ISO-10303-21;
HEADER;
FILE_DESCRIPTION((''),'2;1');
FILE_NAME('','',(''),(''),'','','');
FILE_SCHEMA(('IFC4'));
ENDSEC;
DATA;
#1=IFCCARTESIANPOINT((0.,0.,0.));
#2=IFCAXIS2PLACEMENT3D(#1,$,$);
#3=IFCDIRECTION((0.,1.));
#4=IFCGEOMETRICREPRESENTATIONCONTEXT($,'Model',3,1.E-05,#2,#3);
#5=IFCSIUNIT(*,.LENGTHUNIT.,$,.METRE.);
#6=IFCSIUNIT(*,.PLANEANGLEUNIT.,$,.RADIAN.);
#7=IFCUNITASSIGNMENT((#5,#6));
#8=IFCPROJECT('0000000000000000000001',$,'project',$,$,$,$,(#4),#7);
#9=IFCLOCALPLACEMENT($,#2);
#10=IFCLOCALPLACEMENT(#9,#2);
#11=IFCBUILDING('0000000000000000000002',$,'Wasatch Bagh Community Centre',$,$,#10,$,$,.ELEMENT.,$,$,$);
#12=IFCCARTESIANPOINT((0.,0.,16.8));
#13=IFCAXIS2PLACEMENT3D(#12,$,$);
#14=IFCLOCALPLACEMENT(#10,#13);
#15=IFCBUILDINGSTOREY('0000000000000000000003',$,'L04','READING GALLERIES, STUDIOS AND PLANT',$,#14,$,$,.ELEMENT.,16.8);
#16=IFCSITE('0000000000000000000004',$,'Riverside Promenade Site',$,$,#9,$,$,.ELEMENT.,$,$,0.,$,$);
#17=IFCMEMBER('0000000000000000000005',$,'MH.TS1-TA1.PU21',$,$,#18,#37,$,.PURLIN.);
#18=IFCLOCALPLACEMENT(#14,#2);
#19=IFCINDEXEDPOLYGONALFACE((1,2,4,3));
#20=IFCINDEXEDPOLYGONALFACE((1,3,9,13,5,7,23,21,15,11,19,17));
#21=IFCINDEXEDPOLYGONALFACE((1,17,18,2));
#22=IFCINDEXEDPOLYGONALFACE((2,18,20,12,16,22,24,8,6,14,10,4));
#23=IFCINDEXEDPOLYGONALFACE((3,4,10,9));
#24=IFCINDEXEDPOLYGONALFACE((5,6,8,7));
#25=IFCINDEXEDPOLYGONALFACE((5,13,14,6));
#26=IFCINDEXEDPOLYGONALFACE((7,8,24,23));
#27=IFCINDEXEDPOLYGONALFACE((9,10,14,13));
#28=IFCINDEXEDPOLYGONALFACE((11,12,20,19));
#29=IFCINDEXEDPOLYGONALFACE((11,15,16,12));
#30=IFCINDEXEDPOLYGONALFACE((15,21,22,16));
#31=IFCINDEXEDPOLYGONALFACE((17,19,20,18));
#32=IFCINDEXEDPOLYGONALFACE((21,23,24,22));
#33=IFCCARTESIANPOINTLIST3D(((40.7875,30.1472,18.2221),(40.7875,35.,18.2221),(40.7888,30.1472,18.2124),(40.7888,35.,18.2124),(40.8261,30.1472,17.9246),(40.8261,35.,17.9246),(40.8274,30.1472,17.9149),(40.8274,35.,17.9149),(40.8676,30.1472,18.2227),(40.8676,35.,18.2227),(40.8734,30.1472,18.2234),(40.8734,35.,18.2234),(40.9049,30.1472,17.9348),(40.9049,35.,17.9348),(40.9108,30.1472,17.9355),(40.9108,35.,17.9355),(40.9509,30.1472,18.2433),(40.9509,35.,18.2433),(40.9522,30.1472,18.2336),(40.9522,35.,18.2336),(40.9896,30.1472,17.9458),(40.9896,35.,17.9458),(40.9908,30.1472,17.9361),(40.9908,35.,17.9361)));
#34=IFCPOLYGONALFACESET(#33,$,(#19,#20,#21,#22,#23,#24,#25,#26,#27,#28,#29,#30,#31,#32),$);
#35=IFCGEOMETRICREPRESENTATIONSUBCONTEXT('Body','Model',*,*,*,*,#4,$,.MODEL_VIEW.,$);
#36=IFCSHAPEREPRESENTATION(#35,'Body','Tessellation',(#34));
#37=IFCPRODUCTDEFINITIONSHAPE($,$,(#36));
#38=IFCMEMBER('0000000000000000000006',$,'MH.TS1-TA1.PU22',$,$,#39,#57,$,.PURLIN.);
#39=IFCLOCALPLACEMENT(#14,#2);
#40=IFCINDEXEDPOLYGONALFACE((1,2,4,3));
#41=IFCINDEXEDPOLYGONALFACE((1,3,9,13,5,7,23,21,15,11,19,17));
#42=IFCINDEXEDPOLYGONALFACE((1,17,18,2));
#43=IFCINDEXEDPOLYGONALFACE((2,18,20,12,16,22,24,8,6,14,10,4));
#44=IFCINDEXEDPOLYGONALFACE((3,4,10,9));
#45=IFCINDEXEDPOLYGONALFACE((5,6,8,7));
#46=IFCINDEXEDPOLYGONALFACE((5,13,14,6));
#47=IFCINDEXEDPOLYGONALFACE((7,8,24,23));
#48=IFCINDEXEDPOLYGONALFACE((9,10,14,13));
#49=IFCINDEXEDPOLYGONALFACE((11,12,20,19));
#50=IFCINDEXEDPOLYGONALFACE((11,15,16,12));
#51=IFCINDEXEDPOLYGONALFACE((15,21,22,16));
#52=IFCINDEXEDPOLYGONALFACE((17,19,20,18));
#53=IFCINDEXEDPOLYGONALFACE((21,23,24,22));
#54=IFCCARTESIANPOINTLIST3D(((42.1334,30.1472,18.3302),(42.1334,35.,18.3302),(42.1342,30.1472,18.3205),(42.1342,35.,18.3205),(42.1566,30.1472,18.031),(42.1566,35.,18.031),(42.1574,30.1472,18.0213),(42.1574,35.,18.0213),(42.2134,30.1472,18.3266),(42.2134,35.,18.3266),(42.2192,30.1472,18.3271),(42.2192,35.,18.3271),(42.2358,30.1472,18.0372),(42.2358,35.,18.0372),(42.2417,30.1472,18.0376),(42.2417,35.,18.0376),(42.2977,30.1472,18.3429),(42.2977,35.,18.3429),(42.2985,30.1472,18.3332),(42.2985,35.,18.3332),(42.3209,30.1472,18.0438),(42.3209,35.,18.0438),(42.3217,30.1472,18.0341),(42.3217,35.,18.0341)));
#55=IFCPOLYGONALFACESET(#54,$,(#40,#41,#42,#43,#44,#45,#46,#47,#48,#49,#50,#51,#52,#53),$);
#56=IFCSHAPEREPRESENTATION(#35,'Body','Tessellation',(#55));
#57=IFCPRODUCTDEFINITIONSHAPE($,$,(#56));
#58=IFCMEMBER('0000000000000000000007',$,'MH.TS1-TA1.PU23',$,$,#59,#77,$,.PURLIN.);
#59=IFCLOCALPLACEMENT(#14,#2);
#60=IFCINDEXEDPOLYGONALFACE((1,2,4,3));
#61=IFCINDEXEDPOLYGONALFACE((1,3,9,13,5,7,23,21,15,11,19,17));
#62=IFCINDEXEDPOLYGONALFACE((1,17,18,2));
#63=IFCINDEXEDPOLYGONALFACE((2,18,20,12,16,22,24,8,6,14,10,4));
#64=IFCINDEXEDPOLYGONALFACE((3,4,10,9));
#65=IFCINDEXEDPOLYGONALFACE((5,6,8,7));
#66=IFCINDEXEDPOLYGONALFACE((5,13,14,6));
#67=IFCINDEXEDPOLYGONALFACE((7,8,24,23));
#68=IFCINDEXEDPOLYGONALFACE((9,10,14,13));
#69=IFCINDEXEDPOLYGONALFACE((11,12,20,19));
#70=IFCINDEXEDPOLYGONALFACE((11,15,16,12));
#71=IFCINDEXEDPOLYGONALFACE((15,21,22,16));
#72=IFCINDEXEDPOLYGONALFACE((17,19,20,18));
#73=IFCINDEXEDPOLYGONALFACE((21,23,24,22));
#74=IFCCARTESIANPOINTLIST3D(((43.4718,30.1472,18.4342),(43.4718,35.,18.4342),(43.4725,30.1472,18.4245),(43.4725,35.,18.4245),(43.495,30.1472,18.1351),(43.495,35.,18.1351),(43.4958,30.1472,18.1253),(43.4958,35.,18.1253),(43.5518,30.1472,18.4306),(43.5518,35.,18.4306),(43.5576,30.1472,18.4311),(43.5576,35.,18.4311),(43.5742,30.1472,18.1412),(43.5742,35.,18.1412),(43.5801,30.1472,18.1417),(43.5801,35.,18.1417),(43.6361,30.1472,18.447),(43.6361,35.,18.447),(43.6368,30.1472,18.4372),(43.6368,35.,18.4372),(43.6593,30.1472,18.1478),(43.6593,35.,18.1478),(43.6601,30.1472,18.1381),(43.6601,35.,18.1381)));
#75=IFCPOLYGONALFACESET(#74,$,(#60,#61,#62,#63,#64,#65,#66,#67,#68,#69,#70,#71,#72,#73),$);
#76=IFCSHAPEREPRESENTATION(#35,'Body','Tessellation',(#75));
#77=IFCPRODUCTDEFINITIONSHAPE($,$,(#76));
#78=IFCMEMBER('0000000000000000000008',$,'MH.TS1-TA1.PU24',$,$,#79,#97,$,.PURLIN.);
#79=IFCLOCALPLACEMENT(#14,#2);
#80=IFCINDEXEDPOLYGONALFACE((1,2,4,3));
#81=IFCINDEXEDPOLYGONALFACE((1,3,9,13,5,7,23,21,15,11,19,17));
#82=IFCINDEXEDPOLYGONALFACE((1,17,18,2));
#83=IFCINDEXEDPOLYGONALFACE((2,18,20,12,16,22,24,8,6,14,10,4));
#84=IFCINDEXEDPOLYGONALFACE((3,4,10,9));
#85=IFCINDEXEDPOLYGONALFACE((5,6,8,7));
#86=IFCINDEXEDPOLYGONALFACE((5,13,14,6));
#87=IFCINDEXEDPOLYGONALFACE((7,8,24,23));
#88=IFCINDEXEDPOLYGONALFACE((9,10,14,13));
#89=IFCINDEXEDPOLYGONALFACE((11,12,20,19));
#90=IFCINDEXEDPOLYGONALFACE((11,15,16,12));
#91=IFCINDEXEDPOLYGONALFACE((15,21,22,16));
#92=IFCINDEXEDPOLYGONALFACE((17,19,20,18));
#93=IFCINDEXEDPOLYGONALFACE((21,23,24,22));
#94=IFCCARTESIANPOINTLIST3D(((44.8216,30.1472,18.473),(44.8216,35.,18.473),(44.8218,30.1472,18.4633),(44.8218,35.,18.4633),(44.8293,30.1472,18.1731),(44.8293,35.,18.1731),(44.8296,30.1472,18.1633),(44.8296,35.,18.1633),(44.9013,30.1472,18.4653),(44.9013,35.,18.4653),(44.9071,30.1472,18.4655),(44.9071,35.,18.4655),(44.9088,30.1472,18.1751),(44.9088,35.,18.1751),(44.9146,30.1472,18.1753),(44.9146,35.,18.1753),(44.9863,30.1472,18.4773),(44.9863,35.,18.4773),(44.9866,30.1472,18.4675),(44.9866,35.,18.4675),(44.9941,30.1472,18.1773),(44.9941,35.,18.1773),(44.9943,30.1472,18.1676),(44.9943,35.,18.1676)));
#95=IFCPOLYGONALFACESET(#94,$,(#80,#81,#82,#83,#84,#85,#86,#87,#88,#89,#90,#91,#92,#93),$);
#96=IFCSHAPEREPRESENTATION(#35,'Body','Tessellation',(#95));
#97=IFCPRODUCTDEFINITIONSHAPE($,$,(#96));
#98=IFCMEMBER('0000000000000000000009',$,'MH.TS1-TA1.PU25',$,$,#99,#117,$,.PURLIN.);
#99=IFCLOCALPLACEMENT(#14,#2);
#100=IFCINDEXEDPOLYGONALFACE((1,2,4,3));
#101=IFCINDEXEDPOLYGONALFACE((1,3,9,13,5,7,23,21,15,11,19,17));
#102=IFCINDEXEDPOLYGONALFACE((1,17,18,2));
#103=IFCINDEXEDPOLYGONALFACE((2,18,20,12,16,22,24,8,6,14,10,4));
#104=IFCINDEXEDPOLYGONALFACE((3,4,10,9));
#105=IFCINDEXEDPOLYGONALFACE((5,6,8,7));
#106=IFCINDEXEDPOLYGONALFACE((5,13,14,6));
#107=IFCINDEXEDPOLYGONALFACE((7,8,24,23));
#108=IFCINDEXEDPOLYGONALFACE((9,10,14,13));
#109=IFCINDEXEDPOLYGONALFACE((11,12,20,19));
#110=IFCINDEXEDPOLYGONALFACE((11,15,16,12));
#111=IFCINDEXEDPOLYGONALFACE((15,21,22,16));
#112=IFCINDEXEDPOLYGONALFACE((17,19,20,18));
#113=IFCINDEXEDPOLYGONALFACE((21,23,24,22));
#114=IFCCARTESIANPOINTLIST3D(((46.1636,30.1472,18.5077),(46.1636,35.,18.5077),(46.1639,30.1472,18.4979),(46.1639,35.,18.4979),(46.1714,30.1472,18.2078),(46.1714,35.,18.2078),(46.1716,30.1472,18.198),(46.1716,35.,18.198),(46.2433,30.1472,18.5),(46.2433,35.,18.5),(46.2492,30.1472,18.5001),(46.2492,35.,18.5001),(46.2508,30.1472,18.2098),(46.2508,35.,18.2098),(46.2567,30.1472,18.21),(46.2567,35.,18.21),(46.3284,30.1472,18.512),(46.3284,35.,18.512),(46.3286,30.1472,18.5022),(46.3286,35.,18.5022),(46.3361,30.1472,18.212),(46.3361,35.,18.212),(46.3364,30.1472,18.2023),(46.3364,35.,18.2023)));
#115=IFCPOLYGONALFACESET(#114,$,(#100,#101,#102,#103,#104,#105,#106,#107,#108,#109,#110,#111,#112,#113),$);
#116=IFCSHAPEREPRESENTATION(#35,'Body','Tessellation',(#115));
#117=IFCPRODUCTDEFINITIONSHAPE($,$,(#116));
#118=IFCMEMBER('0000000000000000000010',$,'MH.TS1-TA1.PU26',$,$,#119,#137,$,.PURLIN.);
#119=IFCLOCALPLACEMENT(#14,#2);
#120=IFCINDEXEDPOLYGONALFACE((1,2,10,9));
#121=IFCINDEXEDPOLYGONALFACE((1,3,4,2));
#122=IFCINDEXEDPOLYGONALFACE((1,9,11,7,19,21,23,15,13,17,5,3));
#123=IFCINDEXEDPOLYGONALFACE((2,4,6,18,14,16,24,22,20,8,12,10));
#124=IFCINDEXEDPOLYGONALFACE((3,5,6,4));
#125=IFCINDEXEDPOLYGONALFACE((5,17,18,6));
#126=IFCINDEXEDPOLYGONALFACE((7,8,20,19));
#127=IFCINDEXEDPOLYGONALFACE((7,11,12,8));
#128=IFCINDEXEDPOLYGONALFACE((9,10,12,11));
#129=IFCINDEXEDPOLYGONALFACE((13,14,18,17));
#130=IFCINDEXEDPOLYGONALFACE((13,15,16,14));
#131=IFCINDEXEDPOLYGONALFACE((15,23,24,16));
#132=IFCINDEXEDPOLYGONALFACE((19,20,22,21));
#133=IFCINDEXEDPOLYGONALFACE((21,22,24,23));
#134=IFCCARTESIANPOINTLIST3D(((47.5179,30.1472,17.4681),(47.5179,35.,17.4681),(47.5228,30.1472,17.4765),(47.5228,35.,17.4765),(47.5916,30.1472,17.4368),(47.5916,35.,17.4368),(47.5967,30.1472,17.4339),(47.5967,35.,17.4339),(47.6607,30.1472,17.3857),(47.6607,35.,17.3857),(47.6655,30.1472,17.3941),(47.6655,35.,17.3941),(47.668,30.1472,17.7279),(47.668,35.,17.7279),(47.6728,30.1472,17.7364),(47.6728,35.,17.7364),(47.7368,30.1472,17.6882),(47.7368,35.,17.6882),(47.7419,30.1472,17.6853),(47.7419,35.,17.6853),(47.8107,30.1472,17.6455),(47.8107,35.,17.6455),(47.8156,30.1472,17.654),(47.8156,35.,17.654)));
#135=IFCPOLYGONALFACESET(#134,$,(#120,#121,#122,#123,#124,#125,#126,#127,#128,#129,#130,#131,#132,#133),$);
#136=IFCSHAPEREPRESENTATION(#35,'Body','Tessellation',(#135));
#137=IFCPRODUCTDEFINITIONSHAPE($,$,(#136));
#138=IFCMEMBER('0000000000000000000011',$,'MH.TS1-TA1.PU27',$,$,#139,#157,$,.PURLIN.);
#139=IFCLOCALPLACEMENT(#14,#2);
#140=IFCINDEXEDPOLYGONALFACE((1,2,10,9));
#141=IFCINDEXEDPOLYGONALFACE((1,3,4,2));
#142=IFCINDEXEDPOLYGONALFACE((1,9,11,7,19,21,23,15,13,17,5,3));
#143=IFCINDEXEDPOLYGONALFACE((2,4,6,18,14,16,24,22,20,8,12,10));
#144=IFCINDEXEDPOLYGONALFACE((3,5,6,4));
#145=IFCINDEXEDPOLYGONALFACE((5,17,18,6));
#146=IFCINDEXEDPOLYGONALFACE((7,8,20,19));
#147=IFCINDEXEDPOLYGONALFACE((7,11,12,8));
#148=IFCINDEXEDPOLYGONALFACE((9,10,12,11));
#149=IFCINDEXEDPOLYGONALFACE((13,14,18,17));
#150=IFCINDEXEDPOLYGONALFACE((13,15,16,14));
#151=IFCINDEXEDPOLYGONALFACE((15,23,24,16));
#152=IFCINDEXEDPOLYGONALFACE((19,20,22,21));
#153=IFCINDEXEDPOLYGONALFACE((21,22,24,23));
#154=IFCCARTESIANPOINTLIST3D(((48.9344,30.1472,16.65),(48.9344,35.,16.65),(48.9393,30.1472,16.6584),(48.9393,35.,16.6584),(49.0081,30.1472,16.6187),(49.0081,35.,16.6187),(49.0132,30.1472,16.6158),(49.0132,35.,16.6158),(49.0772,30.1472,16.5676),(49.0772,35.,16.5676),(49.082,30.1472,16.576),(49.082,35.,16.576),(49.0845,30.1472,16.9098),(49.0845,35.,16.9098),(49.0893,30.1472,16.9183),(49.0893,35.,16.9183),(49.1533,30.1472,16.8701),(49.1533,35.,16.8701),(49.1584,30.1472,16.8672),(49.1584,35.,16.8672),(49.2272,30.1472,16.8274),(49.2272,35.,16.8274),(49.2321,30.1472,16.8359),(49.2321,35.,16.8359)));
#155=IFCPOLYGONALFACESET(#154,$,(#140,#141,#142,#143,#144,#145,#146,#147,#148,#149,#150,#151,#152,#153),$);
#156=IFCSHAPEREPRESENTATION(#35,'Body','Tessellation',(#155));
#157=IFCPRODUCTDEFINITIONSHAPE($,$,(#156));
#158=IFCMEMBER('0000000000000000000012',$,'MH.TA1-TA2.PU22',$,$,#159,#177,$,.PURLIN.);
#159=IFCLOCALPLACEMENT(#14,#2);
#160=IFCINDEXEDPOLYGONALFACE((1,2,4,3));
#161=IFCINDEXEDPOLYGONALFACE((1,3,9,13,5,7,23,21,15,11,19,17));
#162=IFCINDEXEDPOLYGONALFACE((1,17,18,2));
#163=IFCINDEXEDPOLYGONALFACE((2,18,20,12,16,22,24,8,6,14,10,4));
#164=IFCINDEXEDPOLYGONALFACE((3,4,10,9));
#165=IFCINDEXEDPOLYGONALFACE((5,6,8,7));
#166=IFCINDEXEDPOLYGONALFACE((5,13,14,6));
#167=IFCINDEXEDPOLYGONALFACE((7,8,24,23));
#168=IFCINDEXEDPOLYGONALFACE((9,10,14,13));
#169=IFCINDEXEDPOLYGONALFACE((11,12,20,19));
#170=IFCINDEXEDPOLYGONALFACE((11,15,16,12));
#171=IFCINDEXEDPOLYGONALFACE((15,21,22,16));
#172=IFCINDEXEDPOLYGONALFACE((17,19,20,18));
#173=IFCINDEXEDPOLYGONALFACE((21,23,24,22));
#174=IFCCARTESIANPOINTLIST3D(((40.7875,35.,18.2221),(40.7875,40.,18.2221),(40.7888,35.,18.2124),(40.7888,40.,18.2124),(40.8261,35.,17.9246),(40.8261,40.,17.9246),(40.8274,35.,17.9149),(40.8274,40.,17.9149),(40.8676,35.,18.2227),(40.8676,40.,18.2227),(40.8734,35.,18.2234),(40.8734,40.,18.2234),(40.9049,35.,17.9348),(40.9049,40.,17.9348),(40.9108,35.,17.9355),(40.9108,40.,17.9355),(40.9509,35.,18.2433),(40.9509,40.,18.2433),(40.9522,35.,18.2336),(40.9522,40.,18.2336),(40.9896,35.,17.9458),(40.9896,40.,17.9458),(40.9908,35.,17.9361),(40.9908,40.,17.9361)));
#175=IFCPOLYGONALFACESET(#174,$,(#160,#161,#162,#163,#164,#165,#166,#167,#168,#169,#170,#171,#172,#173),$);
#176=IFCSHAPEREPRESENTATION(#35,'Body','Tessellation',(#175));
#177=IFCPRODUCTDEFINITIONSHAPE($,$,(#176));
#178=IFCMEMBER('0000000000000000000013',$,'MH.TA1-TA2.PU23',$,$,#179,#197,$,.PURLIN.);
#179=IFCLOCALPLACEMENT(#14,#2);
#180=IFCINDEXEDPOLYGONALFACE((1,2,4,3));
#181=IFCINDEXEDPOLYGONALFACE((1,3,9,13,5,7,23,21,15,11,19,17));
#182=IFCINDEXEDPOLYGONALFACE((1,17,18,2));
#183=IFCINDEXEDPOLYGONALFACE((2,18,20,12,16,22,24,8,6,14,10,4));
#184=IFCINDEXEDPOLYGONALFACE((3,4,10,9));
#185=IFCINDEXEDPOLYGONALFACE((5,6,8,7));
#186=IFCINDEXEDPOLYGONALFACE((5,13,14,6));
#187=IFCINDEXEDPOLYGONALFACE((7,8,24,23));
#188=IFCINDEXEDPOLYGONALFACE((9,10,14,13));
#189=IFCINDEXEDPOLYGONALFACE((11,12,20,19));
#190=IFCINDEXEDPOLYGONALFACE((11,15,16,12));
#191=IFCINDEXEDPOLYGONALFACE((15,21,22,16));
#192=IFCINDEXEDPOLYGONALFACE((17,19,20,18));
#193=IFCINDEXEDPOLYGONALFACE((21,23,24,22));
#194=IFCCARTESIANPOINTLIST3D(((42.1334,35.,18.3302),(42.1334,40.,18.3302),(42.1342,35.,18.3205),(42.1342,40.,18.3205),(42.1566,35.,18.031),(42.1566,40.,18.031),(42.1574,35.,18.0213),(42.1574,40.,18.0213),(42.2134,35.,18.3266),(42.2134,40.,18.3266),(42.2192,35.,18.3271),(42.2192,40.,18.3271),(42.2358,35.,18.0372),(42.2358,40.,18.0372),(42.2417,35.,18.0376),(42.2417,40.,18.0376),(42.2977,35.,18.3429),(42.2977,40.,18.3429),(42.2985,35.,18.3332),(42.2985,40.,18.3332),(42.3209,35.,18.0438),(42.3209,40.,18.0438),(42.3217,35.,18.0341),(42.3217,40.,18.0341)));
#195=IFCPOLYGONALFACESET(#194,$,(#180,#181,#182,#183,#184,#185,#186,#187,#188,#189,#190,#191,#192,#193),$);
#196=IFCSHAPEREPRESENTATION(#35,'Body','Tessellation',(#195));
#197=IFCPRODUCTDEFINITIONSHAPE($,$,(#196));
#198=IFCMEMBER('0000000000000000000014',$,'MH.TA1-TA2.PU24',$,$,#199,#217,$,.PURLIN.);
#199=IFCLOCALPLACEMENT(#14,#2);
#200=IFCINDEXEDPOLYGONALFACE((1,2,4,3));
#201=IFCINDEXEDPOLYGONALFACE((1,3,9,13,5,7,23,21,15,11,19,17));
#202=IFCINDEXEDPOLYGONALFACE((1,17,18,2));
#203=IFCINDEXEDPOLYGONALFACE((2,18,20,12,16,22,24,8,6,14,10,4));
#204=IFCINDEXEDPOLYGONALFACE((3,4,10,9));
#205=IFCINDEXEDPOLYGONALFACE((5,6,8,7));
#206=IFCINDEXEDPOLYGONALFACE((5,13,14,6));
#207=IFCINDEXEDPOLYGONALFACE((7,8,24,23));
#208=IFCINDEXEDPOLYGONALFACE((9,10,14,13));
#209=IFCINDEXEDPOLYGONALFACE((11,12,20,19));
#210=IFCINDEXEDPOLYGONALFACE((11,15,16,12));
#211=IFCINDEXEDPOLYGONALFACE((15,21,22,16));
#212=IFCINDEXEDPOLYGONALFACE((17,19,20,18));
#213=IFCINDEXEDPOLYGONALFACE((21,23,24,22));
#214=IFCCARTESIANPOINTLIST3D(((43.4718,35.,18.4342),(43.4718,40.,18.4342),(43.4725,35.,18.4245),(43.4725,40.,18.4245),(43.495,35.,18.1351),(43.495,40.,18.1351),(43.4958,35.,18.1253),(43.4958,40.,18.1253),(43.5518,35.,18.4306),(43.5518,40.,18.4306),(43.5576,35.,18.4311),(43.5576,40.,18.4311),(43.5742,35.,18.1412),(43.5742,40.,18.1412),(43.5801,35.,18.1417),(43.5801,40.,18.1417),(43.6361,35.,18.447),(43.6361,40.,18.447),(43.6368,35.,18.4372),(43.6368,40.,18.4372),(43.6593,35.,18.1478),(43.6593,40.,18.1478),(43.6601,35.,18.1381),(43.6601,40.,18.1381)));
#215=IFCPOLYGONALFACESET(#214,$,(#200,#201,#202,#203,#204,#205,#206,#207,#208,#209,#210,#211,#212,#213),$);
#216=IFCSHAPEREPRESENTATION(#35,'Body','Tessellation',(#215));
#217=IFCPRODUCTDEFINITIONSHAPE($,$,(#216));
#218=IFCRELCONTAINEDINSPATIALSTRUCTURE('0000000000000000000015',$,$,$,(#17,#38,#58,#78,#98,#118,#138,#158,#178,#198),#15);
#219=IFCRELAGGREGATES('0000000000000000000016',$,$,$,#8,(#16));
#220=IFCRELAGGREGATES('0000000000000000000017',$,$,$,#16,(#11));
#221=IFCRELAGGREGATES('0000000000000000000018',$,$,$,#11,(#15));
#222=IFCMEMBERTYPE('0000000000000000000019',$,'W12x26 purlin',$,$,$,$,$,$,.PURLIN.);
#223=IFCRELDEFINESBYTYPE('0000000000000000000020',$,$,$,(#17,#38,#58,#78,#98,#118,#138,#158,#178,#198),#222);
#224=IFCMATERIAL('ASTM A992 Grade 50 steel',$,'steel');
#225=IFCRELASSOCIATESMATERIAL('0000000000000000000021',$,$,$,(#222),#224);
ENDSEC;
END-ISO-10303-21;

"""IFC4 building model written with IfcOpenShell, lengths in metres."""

from ifc_helpers import new_model, si_unit, direction, frame, origin, origin_2d, place, context, subcontext, project, spatial, i_section, extrude, material, material_profile, profile_set, type_object, element, save


model = new_model("IFC4")

# Units and contexts
model_context = context("Model", 3, precision=1e-05, world=origin(), true_north=direction((0.0, 1.0)))
body_context = subcontext(model_context, "Body", "Model", "MODEL_VIEW")
ifc_project = project(units=[si_unit("LENGTHUNIT", "METRE"), si_unit("PLANEANGLEUNIT", "RADIAN")], contexts=[model_context])

# Site, building, storey
site_placement = place(None, origin())
site = spatial("IfcSite", under=ifc_project, at=site_placement, Name="Riverside Promenade Site", CompositionType="ELEMENT", RefElevation=0.0)
building_placement = place(site_placement, origin())
building = spatial("IfcBuilding", under=site, at=building_placement, Name="Wasatch Bagh Community Centre", CompositionType="ELEMENT")
storey_placement = place(building_placement, frame((0.0, 0.0, 16.8)))
storey = spatial("IfcBuildingStorey", under=building, at=storey_placement, Name="L04", Description="READING GALLERIES, STUDIOS AND PLANT", CompositionType="ELEMENT", Elevation=16.8)

# Members
ifc_material_1 = material(Name="ASTM A992 Grade 50 steel", Category="steel")
ifc_material_profile_1 = material_profile(ifc_material_1, i_section(OverallWidth=0.1648, OverallDepth=0.3098, WebThickness=0.0059, FlangeThickness=0.0098, at=origin_2d()), Name="W12x26")
ifc_profile_set_1 = profile_set([ifc_material_profile_1], Name="ASTM A992 Grade 50 steel")
member_type_1 = type_object("IfcMemberType", Name="W12x26 purlin", PredefinedType="PURLIN", material=ifc_profile_set_1)
for number, where, z_axis, x_axis, name in (
    (1, (40.8892, 30.1472, 18.0791), (0.0, 1.0, 0.0), (-0.991678, 0.0, -0.12874), "MH.TS1-TA1.PU21"),
    (2, (42.2275, 30.1472, 18.1821), (0.0, 1.0, 0.0), (-0.997002, 0.0, -0.077382), "MH.TS1-TA1.PU22"),
    (3, (43.5659, 30.1472, 18.2861), (0.0, 1.0, 0.0), (-0.997002, 0.0, -0.077382), "MH.TS1-TA1.PU23"),
    (4, (44.908, 30.1472, 18.3203), (0.0, 1.0, 0.0), (-0.999667, 0.0, -0.025817), "MH.TS1-TA1.PU24"),
    (5, (46.25, 30.1472, 18.355), (0.0, 1.0, 0.0), (-0.999667, 0.0, -0.025817), "MH.TS1-TA1.PU25"),
    (6, (47.6667, 30.1472, 17.561), (0.0, 1.0, 0.0), (-0.866025, 0.0, 0.5), "MH.TS1-TA1.PU26"),
    (7, (49.0833, 30.1472, 16.7429), (0.0, 1.0, 0.0), (-0.866025, 0.0, 0.5), "MH.TS1-TA1.PU27"),
):
    element("IfcMember", number, at=place(storey_placement, frame(where, z_axis=z_axis, x_axis=x_axis)), inside=storey, type_object=member_type_1, Name=name, PredefinedType="PURLIN", context=body_context, shape_type="SweptSolid", body=[
        extrude(i_section(OverallWidth=0.1648, OverallDepth=0.3098, WebThickness=0.0059, FlangeThickness=0.0098, at=origin_2d()), origin(), (0.0, 0.0, 1.0), 4.8528),
    ])
for number, where, z_axis, x_axis, name in (
    (8, (40.8892, 35.0, 18.0791), (0.0, 1.0, 0.0), (-0.991678, 0.0, -0.12874), "MH.TA1-TA2.PU22"),
    (9, (42.2275, 35.0, 18.1821), (0.0, 1.0, 0.0), (-0.997002, 0.0, -0.077382), "MH.TA1-TA2.PU23"),
    (10, (43.5659, 35.0, 18.2861), (0.0, 1.0, 0.0), (-0.997002, 0.0, -0.077382), "MH.TA1-TA2.PU24"),
):
    element("IfcMember", number, at=place(storey_placement, frame(where, z_axis=z_axis, x_axis=x_axis)), inside=storey, type_object=member_type_1, Name=name, PredefinedType="PURLIN", context=body_context, shape_type="SweptSolid", body=[
        extrude(i_section(OverallWidth=0.1648, OverallDepth=0.3098, WebThickness=0.0059, FlangeThickness=0.0098, at=origin_2d()), origin(), (0.0, 0.0, 1.0), 5.0),
    ])

save(model, "model.ifc")
